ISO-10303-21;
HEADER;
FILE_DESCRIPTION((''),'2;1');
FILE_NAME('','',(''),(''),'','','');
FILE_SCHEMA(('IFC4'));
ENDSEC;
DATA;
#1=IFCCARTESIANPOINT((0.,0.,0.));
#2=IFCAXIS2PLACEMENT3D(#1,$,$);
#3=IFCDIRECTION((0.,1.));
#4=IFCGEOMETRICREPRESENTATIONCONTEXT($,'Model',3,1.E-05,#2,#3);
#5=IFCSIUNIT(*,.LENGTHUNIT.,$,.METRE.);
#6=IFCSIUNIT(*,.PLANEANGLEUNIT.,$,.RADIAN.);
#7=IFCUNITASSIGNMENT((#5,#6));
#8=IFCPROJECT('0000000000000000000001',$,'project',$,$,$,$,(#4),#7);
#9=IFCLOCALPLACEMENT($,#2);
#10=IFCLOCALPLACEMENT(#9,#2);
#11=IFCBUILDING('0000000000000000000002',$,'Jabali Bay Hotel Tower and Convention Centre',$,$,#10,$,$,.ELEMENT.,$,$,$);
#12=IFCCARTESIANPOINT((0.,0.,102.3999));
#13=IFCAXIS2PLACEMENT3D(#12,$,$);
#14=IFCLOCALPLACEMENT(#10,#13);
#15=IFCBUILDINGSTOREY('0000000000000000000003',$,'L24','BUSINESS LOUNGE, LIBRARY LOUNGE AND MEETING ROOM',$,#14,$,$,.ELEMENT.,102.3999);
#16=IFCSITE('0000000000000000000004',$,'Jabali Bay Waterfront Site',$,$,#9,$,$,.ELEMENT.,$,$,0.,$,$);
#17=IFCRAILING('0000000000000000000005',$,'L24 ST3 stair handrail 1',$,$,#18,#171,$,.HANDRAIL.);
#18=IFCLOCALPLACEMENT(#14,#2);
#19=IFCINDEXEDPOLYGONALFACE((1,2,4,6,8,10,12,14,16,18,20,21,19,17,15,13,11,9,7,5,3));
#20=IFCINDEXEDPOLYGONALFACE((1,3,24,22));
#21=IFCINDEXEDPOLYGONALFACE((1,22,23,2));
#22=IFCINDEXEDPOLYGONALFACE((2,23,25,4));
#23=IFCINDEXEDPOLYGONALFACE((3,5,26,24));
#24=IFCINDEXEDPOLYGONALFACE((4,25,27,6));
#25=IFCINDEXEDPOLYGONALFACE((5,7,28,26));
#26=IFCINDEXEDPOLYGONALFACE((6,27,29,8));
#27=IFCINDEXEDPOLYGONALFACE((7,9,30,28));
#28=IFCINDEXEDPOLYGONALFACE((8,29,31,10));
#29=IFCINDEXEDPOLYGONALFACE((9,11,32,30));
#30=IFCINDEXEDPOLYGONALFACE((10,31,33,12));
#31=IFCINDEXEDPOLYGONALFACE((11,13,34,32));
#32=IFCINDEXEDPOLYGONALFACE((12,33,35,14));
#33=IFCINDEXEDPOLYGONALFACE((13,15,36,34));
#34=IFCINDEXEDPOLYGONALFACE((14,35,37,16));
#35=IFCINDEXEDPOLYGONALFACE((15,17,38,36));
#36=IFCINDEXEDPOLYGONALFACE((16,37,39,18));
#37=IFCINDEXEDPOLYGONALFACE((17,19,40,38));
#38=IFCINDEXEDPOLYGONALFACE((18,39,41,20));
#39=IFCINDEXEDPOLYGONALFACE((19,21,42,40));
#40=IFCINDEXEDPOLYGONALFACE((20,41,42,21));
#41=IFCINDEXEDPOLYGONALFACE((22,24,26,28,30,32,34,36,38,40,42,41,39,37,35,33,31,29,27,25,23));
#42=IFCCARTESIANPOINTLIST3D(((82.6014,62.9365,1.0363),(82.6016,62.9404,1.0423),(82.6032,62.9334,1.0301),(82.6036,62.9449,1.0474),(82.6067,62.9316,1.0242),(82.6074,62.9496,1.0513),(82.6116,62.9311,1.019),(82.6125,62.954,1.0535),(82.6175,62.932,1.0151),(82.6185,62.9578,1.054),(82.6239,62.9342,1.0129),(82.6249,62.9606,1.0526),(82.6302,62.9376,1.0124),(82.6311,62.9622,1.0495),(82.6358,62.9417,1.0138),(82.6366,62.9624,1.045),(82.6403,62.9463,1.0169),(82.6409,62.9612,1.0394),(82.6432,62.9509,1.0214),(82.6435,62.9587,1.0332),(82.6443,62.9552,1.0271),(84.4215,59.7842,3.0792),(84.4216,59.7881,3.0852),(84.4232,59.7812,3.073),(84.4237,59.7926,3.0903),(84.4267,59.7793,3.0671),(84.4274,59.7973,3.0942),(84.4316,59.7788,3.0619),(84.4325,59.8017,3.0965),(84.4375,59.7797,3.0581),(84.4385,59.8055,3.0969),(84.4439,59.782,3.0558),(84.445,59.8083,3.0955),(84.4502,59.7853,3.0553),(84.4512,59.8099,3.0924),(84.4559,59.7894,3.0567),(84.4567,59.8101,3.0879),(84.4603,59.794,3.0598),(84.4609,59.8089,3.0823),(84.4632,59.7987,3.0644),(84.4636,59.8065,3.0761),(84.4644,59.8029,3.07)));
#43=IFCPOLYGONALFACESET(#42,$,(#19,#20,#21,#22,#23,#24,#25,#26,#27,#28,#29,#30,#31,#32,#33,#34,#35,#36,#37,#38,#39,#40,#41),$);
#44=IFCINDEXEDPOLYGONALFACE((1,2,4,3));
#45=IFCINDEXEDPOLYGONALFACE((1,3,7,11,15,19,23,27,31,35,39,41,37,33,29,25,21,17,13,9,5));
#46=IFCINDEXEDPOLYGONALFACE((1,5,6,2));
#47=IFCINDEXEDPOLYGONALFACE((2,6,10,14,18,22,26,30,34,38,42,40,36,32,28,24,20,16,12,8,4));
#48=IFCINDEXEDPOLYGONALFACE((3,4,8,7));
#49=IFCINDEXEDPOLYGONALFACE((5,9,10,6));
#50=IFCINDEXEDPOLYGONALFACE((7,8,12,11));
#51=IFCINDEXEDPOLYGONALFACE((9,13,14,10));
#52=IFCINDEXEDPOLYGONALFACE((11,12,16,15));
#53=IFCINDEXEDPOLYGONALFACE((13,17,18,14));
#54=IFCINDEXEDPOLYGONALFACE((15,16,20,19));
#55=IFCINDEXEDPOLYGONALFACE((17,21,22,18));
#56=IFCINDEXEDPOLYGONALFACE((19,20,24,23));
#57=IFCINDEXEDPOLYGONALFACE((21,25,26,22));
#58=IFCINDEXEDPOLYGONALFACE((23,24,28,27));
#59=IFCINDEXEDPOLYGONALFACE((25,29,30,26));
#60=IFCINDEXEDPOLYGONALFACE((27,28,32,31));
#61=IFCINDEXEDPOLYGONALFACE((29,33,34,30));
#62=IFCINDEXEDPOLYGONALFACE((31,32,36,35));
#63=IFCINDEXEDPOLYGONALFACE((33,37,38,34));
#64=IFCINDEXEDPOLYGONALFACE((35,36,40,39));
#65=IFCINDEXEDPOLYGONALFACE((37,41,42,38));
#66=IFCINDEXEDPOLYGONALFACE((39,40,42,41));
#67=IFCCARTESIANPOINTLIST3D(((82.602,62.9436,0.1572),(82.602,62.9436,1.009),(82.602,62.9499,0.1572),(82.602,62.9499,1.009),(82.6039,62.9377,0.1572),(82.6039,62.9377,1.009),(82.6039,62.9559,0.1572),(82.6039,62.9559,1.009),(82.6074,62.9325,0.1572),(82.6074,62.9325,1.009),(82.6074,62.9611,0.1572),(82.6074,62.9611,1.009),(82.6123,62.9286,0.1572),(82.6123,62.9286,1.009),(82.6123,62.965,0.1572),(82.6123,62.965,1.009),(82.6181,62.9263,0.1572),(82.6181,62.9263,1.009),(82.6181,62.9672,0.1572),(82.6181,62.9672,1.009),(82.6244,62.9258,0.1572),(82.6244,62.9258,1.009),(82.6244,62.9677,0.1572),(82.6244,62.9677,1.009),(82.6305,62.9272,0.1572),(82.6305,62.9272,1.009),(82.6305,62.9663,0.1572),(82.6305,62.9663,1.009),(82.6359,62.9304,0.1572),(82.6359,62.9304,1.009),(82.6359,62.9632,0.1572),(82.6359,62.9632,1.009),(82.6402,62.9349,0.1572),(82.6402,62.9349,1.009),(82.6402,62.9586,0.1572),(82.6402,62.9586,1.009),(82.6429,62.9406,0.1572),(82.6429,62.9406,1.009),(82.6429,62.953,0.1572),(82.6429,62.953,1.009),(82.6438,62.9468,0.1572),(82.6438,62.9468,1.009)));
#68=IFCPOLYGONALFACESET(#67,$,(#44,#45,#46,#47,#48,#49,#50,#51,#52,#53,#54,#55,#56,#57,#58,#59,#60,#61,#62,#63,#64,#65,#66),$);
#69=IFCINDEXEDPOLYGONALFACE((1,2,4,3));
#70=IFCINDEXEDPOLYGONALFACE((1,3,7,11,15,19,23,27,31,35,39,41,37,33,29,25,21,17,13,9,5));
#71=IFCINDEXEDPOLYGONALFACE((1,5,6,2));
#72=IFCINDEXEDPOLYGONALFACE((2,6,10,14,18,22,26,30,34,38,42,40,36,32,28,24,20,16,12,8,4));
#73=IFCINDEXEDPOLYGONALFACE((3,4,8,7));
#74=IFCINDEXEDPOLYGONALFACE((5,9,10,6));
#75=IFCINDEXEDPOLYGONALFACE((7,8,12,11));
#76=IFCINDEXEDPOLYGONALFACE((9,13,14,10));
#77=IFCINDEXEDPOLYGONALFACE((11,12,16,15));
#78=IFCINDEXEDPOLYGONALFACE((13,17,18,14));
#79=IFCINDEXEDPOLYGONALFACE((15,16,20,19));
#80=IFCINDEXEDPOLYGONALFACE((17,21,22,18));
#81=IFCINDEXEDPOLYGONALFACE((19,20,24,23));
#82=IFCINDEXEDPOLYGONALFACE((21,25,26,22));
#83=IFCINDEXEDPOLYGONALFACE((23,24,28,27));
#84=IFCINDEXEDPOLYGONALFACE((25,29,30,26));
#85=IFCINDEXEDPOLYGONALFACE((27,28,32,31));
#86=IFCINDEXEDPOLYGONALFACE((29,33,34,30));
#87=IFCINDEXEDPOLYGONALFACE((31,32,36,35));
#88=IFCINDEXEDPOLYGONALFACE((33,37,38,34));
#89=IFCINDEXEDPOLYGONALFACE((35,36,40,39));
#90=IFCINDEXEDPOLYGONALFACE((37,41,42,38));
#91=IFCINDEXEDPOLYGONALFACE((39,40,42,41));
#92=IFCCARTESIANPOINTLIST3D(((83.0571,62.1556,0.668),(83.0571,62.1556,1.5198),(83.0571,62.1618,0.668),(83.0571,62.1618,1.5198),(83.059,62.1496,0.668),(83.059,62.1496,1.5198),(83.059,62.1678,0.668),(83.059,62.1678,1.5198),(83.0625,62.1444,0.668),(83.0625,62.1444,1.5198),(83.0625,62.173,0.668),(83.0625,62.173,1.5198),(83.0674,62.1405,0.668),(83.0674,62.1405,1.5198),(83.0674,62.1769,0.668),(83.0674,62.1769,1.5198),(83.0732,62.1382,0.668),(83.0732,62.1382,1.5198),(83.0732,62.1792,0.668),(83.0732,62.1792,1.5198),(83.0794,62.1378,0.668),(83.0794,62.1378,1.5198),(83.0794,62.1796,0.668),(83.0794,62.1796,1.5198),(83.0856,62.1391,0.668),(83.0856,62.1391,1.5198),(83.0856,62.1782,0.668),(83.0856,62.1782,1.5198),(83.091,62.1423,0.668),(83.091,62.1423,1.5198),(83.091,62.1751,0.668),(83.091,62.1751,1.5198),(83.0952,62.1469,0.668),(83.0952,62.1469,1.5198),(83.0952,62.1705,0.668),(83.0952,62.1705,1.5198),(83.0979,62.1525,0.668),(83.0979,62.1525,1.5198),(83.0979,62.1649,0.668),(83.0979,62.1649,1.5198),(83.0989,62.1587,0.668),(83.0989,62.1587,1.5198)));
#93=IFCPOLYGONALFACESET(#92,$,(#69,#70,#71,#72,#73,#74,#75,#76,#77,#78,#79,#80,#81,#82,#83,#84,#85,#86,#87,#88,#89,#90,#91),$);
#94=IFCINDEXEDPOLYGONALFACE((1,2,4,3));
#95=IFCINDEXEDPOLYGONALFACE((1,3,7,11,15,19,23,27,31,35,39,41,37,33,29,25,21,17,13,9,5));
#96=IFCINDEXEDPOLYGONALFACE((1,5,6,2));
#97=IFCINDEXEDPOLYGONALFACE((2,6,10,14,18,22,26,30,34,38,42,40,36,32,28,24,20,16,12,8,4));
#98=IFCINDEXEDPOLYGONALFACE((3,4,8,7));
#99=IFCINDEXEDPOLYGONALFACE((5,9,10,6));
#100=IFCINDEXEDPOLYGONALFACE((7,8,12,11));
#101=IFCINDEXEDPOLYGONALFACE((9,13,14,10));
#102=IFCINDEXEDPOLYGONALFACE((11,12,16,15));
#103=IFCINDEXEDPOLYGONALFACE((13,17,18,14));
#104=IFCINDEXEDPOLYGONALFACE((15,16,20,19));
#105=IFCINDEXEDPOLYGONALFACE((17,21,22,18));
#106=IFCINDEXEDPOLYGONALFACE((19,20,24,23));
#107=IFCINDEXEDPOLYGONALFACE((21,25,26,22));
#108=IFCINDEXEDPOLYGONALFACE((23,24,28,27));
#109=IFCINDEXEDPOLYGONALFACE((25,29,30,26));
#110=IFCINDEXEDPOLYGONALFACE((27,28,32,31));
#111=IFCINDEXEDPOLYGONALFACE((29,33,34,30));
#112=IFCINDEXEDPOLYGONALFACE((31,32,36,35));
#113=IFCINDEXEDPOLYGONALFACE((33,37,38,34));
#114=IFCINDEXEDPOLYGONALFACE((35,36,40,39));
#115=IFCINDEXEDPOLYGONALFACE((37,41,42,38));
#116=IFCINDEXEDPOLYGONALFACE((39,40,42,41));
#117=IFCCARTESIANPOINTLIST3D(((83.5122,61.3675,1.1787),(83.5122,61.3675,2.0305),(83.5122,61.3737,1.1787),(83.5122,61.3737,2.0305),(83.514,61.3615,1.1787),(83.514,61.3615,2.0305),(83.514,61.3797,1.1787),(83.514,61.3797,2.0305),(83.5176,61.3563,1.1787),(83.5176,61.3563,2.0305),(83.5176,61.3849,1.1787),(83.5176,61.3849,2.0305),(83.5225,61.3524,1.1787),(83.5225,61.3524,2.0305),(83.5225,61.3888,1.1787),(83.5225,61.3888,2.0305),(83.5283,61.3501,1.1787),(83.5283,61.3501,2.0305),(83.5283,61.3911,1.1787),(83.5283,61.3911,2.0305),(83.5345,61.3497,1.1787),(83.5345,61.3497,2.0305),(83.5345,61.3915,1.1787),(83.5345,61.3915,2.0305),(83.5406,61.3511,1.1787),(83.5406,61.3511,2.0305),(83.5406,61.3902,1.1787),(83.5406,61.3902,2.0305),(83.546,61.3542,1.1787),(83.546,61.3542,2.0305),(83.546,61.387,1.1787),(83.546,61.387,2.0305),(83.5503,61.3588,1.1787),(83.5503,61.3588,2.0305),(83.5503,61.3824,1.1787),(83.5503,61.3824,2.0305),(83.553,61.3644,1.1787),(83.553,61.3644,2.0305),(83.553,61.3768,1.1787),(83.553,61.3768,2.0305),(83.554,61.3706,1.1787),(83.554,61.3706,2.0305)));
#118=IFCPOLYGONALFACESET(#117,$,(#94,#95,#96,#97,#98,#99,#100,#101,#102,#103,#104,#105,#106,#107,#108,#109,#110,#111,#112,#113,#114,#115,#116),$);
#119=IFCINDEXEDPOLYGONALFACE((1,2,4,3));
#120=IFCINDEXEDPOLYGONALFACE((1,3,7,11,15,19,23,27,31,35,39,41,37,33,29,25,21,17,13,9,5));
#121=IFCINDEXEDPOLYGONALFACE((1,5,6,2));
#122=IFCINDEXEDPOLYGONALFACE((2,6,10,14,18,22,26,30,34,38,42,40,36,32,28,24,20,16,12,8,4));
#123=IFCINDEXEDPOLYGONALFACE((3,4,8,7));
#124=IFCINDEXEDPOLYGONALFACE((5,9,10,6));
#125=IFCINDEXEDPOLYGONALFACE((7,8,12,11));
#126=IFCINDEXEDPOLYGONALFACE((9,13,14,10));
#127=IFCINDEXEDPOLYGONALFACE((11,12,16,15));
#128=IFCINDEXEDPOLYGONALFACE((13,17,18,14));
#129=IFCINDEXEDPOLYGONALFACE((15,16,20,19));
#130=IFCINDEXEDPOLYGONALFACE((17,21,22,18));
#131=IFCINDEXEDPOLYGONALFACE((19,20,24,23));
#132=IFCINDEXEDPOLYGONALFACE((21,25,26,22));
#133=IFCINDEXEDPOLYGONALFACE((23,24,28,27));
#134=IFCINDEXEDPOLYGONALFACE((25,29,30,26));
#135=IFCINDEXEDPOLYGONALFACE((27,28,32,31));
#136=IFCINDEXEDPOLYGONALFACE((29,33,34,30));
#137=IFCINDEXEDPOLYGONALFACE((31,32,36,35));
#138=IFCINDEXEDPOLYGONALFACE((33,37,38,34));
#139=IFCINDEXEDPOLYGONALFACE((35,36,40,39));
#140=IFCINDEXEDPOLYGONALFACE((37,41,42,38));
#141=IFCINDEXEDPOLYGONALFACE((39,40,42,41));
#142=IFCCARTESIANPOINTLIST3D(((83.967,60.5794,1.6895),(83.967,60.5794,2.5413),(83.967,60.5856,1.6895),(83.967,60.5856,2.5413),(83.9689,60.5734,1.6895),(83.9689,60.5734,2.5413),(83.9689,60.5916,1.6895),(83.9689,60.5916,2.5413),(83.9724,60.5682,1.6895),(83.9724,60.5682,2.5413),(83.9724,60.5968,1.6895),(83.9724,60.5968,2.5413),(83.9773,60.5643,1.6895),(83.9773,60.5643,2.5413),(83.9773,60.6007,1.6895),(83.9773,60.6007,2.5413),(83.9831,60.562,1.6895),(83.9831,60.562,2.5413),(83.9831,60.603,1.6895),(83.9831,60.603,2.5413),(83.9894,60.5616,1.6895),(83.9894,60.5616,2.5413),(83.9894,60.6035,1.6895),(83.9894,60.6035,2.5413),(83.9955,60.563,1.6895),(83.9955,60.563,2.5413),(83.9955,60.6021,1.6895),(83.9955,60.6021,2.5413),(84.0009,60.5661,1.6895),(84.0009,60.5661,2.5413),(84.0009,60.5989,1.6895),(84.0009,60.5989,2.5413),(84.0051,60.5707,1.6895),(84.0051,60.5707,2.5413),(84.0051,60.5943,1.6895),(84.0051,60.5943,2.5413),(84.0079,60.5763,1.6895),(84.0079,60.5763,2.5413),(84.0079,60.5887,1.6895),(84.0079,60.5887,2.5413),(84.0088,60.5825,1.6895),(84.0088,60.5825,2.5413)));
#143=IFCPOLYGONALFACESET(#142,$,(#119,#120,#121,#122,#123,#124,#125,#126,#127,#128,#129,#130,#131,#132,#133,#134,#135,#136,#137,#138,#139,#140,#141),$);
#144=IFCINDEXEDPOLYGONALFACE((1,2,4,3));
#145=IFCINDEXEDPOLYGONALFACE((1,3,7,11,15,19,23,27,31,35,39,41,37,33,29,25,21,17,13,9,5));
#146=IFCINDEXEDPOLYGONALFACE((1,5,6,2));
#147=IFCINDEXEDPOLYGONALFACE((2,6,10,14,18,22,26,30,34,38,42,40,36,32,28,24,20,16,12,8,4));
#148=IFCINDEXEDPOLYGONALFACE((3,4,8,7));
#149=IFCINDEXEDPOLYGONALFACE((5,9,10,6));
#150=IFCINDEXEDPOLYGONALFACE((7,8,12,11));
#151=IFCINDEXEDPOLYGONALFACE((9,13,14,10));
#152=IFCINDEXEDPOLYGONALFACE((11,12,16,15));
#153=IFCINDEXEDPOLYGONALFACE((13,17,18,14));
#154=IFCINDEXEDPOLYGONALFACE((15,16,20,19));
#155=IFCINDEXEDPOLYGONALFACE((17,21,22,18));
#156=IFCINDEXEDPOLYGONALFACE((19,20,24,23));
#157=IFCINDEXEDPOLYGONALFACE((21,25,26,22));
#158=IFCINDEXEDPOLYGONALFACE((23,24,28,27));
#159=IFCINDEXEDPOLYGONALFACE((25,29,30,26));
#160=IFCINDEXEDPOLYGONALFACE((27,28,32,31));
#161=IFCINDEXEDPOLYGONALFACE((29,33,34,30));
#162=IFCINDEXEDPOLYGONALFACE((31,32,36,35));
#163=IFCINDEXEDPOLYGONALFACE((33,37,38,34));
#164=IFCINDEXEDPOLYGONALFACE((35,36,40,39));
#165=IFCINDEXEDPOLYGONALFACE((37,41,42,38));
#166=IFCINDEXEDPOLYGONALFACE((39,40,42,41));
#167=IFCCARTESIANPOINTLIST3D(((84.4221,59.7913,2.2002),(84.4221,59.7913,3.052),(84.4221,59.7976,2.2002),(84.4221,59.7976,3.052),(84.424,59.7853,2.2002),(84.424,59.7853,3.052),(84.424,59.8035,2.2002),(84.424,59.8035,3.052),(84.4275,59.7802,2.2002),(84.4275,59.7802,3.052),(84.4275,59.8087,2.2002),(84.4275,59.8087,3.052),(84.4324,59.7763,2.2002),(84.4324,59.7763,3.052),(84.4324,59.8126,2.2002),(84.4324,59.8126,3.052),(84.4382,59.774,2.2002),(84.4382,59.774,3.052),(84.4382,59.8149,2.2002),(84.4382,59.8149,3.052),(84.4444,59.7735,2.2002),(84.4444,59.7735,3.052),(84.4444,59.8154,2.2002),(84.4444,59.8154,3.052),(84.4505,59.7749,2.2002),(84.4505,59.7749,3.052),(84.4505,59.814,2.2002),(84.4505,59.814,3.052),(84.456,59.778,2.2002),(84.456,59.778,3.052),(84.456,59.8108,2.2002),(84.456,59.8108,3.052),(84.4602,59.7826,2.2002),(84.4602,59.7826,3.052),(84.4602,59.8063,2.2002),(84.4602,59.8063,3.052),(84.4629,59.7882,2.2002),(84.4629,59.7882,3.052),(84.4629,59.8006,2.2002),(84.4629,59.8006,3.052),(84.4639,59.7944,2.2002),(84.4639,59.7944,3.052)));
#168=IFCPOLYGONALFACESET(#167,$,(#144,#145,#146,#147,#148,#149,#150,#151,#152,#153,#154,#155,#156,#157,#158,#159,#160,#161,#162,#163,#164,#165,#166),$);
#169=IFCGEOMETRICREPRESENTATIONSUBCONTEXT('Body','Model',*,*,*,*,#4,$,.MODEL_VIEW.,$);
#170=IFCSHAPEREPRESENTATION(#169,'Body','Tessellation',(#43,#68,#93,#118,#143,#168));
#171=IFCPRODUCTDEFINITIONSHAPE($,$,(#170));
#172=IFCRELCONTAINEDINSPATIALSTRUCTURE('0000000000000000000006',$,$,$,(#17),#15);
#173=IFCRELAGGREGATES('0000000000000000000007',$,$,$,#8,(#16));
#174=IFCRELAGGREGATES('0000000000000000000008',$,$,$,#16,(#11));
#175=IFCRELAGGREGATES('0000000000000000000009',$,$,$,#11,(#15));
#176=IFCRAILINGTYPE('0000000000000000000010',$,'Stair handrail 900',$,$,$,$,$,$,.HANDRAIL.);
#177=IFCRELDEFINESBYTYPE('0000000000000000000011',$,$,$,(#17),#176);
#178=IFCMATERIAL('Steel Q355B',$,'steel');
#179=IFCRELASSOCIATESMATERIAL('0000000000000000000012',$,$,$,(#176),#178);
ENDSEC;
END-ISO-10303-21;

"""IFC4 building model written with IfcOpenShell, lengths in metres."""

from ifc_helpers import new_model, si_unit, direction, frame, origin, origin_2d, place, context, subcontext, project, spatial, circle, extrude, material, type_object, element, save


model = new_model("IFC4")

# Units and contexts
model_context = context("Model", 3, precision=1e-05, world=origin(), true_north=direction((0.0, 1.0)))
body_context = subcontext(model_context, "Body", "Model", "MODEL_VIEW")
ifc_project = project(units=[si_unit("LENGTHUNIT", "METRE"), si_unit("PLANEANGLEUNIT", "RADIAN")], contexts=[model_context])

# Site, building, storey
site_placement = place(None, origin())
site = spatial("IfcSite", under=ifc_project, at=site_placement, Name="Jabali Bay Waterfront Site", CompositionType="ELEMENT", RefElevation=0.0)
building_placement = place(site_placement, origin())
building = spatial("IfcBuilding", under=site, at=building_placement, Name="Jabali Bay Hotel Tower and Convention Centre", CompositionType="ELEMENT")
storey_placement = place(building_placement, frame((0.0, 0.0, 102.3999)))
storey = spatial("IfcBuildingStorey", under=building, at=storey_placement, Name="L24", Description="BUSINESS LOUNGE, LIBRARY LOUNGE AND MEETING ROOM", CompositionType="ELEMENT", Elevation=102.3999)

# Railing
ifc_material_1 = material(Name="Steel Q355B", Category="steel")
railing_type_1 = type_object("IfcRailingType", Name="Stair handrail 900", PredefinedType="HANDRAIL", material=ifc_material_1)
railing_1_placement = place(storey_placement, frame((82.6228, 62.9468, 0.1572)))
element("IfcRailing", 1, at=railing_1_placement, inside=storey, type_object=railing_type_1, Name="L24 ST3 stair handrail 1", PredefinedType="HANDRAIL", context=body_context, shape_type="SweptSolid", body=[
    extrude(circle(Radius=0.0239, at=origin_2d()), frame((0.0, 0.0, 0.876), z_axis=(0.436032, -0.755204, 0.489432), x_axis=(0.866018, 0.500013, 0.0)), (0.0, 0.0, 1.0), 4.1741),
    extrude(circle(Radius=0.021, at=origin_2d()), origin(), (0.0, 0.0, 1.0), 0.8518),
    extrude(circle(Radius=0.021, at=origin_2d()), frame((0.4551, -0.7881, 0.5107)), (0.0, 0.0, 1.0), 0.8518),
    extrude(circle(Radius=0.021, at=origin_2d()), frame((0.9102, -1.5762, 1.0215)), (0.0, 0.0, 1.0), 0.8518),
    extrude(circle(Radius=0.021, at=origin_2d()), frame((1.365, -2.3643, 1.5322)), (0.0, 0.0, 1.0), 0.8518),
    extrude(circle(Radius=0.021, at=origin_2d()), frame((1.8201, -3.1523, 2.043)), (0.0, 0.0, 1.0), 0.8518),
])

save(model, "model.ifc")
